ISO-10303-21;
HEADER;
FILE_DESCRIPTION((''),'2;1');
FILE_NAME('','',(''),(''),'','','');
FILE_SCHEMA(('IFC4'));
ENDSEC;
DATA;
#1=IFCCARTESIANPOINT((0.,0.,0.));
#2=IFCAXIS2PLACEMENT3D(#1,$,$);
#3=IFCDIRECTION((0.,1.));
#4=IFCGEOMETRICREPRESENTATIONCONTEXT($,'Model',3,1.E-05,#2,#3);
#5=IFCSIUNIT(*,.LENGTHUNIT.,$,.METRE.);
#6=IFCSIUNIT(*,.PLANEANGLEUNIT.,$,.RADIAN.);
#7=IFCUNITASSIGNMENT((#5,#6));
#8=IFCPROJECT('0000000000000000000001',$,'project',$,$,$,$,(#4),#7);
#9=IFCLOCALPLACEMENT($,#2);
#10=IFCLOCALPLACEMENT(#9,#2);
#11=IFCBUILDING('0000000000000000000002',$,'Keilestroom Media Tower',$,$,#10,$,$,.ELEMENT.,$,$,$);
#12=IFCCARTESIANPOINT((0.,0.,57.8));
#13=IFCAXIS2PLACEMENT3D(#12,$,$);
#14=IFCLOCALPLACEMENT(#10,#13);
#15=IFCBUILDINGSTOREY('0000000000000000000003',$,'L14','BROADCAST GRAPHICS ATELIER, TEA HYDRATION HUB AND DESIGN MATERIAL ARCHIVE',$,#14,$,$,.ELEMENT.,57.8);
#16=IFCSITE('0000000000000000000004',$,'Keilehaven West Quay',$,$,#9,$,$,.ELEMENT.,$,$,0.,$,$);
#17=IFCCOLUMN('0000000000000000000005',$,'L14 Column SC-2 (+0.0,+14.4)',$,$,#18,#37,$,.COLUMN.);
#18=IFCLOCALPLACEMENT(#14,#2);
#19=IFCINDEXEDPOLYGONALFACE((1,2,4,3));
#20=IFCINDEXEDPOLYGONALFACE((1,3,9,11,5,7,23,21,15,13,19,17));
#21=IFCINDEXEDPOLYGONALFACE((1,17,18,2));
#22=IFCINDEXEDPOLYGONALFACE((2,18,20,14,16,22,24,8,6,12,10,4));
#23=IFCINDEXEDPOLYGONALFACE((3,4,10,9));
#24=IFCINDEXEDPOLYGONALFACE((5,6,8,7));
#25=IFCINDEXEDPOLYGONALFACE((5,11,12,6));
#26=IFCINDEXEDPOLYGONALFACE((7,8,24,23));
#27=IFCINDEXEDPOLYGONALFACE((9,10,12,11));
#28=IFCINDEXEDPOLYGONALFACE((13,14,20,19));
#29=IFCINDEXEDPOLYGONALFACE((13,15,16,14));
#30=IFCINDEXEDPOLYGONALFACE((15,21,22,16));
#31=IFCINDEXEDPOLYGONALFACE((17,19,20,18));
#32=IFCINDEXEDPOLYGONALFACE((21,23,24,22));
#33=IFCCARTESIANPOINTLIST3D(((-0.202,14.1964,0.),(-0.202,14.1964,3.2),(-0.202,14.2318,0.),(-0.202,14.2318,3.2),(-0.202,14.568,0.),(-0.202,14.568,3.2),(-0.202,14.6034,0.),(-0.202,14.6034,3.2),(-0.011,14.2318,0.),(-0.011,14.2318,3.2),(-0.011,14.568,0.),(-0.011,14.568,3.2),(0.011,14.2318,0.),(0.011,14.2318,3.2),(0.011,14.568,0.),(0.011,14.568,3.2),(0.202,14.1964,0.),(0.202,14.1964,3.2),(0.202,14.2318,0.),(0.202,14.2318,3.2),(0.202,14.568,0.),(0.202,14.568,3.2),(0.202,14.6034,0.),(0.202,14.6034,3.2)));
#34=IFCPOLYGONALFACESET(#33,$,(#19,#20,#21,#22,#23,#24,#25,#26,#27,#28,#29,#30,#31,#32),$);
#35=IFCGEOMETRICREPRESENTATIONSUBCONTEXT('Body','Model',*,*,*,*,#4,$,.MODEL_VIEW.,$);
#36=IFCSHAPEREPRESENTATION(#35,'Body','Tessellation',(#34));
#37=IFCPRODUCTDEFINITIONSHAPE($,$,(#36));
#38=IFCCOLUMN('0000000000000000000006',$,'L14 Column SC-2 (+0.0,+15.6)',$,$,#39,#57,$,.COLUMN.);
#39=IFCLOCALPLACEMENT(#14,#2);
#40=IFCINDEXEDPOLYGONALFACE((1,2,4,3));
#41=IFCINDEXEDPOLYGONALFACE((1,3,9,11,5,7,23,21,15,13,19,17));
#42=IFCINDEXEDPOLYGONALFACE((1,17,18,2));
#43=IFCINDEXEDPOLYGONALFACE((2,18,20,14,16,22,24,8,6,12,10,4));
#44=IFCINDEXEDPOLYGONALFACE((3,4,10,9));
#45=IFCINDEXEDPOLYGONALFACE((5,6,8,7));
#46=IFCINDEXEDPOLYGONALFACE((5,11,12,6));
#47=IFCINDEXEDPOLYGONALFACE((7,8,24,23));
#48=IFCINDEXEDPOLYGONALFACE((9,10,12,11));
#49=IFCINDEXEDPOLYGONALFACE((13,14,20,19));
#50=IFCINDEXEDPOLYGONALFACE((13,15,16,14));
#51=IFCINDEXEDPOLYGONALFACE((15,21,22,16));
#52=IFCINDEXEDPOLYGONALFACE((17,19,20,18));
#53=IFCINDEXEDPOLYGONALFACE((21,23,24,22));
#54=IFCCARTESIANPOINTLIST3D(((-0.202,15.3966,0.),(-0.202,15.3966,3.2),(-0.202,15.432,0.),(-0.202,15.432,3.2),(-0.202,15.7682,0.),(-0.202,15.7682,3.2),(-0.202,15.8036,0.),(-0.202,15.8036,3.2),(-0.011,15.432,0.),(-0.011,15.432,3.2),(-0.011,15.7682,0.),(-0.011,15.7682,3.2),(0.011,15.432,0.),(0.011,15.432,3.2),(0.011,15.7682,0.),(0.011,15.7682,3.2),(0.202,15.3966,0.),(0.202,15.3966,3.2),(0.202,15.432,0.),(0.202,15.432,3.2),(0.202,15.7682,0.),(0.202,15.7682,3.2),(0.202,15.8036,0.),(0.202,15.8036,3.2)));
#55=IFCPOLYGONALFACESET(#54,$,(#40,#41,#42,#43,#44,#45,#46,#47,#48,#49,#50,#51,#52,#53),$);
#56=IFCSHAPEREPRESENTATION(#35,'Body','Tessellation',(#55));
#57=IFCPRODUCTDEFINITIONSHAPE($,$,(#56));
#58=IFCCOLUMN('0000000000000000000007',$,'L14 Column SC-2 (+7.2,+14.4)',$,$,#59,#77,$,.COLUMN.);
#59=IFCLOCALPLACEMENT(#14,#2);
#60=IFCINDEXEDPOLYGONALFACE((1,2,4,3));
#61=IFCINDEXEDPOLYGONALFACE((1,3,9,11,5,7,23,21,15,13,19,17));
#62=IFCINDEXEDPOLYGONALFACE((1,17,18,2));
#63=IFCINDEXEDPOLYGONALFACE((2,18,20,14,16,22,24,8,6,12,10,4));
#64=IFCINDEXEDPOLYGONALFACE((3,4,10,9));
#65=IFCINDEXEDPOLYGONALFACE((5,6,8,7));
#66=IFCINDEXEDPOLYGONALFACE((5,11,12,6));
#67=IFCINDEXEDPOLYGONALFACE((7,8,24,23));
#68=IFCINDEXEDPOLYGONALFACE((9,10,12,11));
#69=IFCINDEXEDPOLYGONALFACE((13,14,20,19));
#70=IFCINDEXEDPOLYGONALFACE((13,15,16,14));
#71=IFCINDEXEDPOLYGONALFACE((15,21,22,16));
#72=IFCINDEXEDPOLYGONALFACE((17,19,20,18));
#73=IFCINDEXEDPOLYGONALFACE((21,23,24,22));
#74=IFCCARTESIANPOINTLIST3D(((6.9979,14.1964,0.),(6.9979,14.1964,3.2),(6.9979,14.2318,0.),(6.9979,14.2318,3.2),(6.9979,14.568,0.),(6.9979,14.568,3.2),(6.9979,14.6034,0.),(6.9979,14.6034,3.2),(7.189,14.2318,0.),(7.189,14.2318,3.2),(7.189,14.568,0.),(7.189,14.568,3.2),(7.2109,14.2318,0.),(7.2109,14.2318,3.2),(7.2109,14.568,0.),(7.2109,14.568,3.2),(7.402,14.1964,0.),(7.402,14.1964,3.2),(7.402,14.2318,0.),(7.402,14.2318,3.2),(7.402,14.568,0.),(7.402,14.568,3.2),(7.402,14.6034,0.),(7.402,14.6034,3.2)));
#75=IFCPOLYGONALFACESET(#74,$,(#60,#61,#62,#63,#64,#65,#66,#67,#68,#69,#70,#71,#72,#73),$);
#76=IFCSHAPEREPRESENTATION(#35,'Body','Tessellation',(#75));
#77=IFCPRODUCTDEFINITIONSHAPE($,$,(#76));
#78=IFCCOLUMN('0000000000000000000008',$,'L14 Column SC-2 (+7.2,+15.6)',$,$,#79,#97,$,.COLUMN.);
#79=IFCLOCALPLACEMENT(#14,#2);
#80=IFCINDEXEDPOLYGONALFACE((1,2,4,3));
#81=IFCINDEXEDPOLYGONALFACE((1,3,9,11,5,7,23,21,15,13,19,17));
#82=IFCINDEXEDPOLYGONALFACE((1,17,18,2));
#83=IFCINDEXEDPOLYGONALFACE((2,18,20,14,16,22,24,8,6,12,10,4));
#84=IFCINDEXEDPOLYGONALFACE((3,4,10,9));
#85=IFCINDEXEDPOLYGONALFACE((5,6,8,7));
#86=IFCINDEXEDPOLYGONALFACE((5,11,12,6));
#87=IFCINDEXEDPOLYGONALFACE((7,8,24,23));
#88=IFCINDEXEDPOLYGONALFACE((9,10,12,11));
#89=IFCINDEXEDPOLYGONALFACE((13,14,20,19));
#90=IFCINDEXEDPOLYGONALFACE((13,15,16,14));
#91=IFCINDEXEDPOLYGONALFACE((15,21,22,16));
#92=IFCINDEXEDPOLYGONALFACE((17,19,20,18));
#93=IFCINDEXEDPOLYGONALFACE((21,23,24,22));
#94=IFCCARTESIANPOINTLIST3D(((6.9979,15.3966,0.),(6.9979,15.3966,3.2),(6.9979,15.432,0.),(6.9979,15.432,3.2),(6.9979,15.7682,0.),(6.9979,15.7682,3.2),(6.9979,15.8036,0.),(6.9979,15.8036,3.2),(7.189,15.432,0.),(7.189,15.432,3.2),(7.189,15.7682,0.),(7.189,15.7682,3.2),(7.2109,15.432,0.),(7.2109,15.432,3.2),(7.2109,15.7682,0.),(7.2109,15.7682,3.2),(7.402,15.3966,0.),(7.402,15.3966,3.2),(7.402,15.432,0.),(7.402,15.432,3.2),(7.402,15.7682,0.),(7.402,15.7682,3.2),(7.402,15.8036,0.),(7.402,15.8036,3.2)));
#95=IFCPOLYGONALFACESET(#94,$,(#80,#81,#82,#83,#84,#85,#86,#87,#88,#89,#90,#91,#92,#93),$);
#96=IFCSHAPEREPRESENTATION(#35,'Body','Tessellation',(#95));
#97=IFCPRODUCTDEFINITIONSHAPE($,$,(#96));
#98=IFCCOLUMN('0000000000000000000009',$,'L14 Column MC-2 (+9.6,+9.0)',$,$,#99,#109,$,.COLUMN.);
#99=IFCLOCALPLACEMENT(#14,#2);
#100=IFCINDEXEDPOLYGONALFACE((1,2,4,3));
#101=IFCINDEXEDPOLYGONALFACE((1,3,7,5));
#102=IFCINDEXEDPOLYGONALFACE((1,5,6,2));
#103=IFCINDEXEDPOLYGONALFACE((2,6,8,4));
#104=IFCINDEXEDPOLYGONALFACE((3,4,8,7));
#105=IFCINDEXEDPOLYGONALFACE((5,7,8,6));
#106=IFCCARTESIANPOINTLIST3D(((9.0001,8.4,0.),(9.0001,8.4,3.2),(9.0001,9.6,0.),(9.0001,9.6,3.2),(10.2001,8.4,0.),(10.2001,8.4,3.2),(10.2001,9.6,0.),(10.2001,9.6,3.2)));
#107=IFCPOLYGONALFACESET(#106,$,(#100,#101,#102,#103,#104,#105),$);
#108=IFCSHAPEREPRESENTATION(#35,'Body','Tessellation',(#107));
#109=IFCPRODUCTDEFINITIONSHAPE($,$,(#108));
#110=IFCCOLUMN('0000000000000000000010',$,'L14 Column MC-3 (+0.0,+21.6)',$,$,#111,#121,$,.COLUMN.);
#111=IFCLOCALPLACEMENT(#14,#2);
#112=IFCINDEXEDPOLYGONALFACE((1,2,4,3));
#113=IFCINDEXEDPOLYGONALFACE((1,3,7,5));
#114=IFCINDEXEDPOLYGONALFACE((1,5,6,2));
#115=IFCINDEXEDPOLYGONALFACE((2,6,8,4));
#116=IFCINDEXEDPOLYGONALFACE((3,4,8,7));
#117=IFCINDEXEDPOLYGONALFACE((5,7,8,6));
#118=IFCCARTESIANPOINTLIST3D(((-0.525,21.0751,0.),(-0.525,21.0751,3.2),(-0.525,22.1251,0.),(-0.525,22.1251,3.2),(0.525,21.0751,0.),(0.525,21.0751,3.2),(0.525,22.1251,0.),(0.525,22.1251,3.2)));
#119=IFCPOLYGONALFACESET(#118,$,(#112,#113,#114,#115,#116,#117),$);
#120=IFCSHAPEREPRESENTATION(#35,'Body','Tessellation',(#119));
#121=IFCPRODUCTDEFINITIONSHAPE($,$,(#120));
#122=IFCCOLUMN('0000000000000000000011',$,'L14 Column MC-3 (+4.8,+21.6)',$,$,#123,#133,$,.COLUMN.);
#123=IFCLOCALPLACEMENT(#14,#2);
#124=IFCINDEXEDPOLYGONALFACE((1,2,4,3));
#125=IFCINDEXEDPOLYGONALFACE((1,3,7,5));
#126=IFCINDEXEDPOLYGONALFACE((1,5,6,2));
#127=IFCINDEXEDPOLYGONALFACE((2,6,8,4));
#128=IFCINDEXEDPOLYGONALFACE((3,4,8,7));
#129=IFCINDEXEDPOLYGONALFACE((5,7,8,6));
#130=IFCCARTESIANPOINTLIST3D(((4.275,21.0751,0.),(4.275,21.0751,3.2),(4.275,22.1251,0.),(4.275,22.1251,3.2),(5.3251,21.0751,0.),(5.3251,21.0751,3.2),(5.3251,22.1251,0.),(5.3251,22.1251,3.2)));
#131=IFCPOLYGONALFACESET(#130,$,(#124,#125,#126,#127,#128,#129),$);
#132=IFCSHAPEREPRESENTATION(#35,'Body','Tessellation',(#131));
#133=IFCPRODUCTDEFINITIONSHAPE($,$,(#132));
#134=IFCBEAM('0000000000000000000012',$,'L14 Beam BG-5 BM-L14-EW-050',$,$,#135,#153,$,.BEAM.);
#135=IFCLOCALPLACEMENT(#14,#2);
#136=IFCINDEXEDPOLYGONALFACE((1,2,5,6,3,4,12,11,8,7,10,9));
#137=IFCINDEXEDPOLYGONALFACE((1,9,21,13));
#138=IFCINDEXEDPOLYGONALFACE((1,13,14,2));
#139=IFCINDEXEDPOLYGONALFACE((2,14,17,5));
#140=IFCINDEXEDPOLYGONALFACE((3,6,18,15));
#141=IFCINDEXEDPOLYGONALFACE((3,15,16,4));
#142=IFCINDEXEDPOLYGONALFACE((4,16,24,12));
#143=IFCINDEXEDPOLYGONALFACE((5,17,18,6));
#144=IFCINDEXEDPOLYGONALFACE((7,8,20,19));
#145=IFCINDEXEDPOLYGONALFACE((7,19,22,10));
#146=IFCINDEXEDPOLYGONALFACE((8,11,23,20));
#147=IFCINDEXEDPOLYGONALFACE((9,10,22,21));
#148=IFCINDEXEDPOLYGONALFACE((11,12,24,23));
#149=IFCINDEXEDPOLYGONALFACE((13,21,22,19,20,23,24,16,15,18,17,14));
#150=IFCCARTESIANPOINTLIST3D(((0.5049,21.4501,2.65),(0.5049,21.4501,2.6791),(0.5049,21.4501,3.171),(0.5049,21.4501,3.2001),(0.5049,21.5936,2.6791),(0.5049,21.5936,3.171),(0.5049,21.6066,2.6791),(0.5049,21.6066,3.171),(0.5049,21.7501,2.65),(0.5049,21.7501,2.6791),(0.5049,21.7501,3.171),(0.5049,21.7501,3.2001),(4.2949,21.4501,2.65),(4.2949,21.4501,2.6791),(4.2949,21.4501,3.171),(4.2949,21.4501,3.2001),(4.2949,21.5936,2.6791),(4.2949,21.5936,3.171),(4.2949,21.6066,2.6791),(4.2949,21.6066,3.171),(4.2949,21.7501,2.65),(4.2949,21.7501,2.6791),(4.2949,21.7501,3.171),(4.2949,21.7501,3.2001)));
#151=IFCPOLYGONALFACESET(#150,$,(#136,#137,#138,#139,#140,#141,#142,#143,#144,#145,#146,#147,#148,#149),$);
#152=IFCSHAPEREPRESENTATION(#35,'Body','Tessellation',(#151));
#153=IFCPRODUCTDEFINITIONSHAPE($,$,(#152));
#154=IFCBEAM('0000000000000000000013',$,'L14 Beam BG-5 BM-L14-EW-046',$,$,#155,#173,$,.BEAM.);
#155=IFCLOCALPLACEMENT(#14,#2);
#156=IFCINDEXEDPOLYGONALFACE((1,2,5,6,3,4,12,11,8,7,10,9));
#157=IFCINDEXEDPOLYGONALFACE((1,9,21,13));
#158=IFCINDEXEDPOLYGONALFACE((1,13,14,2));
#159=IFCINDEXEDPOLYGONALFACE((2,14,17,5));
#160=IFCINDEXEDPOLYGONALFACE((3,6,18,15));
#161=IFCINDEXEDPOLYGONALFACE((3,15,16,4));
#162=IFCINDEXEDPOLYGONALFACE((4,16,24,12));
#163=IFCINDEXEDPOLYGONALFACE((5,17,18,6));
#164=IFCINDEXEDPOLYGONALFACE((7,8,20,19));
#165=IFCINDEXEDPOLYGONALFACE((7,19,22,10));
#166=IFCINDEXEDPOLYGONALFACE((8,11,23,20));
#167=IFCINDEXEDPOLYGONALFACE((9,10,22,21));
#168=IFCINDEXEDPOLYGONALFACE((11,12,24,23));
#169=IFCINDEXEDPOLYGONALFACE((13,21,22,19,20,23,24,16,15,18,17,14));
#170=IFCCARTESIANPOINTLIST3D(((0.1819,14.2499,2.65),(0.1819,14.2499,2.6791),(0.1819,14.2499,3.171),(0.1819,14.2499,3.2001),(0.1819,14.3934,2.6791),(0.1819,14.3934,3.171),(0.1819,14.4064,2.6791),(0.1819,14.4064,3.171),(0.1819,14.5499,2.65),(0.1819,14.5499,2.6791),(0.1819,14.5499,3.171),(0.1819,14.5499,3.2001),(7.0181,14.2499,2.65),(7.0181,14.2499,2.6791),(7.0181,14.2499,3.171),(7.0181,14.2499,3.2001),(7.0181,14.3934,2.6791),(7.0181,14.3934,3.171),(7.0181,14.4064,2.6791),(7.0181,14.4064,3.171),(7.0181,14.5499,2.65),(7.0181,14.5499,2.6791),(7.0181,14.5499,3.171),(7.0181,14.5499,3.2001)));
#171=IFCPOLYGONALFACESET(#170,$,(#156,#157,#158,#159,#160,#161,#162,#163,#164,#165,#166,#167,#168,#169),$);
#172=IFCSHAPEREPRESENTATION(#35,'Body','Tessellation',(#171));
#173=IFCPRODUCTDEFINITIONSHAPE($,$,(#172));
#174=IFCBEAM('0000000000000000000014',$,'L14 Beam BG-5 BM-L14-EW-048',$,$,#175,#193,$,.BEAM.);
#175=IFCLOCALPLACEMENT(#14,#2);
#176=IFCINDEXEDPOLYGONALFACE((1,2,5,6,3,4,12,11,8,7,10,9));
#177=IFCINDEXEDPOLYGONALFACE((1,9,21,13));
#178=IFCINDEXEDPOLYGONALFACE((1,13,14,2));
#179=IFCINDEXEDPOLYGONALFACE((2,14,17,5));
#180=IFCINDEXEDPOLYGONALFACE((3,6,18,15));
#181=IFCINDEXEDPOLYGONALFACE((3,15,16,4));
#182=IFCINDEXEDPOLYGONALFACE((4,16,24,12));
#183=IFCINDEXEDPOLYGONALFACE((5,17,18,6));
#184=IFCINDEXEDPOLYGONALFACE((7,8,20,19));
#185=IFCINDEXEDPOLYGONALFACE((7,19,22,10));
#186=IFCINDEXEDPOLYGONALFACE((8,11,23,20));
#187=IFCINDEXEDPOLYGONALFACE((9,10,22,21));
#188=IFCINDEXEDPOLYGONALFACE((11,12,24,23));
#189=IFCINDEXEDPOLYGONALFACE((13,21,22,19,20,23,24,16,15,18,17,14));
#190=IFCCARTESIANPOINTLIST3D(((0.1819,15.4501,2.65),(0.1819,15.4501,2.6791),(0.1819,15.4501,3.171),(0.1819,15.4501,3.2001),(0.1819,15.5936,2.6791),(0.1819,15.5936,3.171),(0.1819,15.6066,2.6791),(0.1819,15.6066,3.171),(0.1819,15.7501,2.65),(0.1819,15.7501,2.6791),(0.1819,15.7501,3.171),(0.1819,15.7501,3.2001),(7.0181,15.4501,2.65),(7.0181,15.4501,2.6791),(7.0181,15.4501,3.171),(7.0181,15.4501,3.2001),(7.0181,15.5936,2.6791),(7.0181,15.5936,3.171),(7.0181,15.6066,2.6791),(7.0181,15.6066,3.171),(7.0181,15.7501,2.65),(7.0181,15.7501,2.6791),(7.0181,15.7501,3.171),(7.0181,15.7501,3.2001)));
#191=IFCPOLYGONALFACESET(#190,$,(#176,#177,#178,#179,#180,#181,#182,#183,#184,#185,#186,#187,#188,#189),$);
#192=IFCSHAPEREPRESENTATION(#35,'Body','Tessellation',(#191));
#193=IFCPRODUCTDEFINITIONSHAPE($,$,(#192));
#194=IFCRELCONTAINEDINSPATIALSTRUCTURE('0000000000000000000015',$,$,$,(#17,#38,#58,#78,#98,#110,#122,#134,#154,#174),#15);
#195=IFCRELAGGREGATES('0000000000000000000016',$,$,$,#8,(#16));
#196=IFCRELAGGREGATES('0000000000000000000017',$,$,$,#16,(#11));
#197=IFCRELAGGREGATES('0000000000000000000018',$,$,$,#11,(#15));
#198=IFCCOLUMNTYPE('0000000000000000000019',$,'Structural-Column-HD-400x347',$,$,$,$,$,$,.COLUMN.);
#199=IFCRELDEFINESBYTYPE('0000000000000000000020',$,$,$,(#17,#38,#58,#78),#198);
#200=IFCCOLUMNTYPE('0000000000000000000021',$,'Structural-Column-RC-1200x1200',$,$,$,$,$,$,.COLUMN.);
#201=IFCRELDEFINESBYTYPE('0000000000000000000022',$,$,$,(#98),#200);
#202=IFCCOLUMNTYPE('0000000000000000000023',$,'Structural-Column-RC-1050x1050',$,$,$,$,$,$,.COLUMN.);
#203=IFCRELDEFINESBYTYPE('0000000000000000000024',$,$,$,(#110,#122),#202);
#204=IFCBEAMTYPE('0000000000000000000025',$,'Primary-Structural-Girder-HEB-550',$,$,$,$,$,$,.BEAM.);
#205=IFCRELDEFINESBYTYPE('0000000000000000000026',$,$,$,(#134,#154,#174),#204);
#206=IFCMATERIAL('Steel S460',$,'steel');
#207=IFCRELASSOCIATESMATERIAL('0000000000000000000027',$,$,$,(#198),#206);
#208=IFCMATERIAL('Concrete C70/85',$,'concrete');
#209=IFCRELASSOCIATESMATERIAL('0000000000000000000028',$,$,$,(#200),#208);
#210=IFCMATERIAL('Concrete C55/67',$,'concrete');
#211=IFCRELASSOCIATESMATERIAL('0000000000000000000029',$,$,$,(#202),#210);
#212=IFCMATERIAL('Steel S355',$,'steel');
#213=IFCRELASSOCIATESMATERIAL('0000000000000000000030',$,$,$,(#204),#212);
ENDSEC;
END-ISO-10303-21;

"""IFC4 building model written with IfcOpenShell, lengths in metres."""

from ifc_helpers import new_model, si_unit, direction, frame, origin, origin_2d, place, context, subcontext, project, spatial, rectangle, i_section, extrude, source, transform, mapped, material, material_profile, profile_set, type_object, element, save


model = new_model("IFC4")

# Units and contexts
model_context = context("Model", 3, precision=1e-05, world=origin(), true_north=direction((0.0, 1.0)))
body_context = subcontext(model_context, "Body", "Model", "MODEL_VIEW")
ifc_project = project(units=[si_unit("LENGTHUNIT", "METRE"), si_unit("PLANEANGLEUNIT", "RADIAN")], contexts=[model_context])

# Site, building, storey
site_placement = place(None, origin())
site = spatial("IfcSite", under=ifc_project, at=site_placement, Name="Keilehaven West Quay", CompositionType="ELEMENT", RefElevation=0.0)
building_placement = place(site_placement, origin())
building = spatial("IfcBuilding", under=site, at=building_placement, Name="Keilestroom Media Tower", CompositionType="ELEMENT")
storey_placement = place(building_placement, frame((0.0, 0.0, 57.8)))
storey = spatial("IfcBuildingStorey", under=building, at=storey_placement, Name="L14", Description="BROADCAST GRAPHICS ATELIER, TEA HYDRATION HUB AND DESIGN MATERIAL ARCHIVE", CompositionType="ELEMENT", Elevation=57.8)

# Columns
ifc_material_1 = material(Name="Steel S460", Category="steel")
ifc_material_profile_1 = material_profile(ifc_material_1, i_section(OverallWidth=0.4041, OverallDepth=0.407, WebThickness=0.022, FlangeThickness=0.0354, at=origin_2d()), Name="HD 400x347")
ifc_profile_set_1 = profile_set([ifc_material_profile_1], Name="Steel S460")
column_type_1 = type_object("IfcColumnType", Name="Structural-Column-HD-400x347", PredefinedType="COLUMN", material=ifc_profile_set_1)
shared_shape_1 = source(origin(), body_context, "Body", "SweptSolid", [
    extrude(i_section(OverallWidth=0.4041, OverallDepth=0.407, WebThickness=0.022, FlangeThickness=0.0354, at=origin_2d()), origin(), (0.0, 0.0, 1.0), 3.2),
])
for number, where, z_axis, x_axis, name in (
    (1, (0.0, 14.3999, 0.0), (0.0, 0.0, 1.0), (1.0, 0.0, 0.0), "L14 Column SC-2 (+0.0,+14.4)"),
    (2, (0.0, 15.6001, 0.0), (0.0, 0.0, 1.0), (1.0, 0.0, 0.0), "L14 Column SC-2 (+0.0,+15.6)"),
    (3, (7.2, 14.3999, 0.0), (0.0, 0.0, 1.0), (1.0, 0.0, 0.0), "L14 Column SC-2 (+7.2,+14.4)"),
    (4, (7.2, 15.6001, 0.0), (0.0, 0.0, 1.0), (1.0, 0.0, 0.0), "L14 Column SC-2 (+7.2,+15.6)"),
):
    element("IfcColumn", number, at=place(storey_placement, frame(where, z_axis=z_axis, x_axis=x_axis)), inside=storey, type_object=column_type_1, Name=name, PredefinedType="COLUMN", context=body_context, shape_type="MappedRepresentation", body=[
        mapped(shared_shape_1, transform((0.0, 0.0, 0.0), x_axis=(1.0, 0.0, 0.0), y_axis=(0.0, 1.0, 0.0), z_axis=(0.0, 0.0, 1.0), scale=1.0)),
    ])
ifc_material_2 = material(Name="Concrete C70/85", Category="concrete")
ifc_material_profile_2 = material_profile(ifc_material_2, rectangle(XDim=1.2, YDim=1.2, at=origin_2d()), Name="RC 1200x1200")
ifc_profile_set_2 = profile_set([ifc_material_profile_2], Name="Concrete C70/85")
column_type_2 = type_object("IfcColumnType", Name="Structural-Column-RC-1200x1200", PredefinedType="COLUMN", material=ifc_profile_set_2)
shared_shape_2 = source(origin(), body_context, "Body", "SweptSolid", [
    extrude(rectangle(XDim=1.2, YDim=1.2, at=origin_2d()), origin(), (0.0, 0.0, 1.0), 3.2),
])
column_placement = place(storey_placement, frame((9.6001, 9.0, 0.0), z_axis=(0.0, 0.0, 1.0), x_axis=(1.0, 0.0, 0.0)))
element("IfcColumn", 5, at=column_placement, inside=storey, type_object=column_type_2, Name="L14 Column MC-2 (+9.6,+9.0)", PredefinedType="COLUMN", context=body_context, shape_type="MappedRepresentation", body=[
    mapped(shared_shape_2, transform((0.0, 0.0, 0.0), x_axis=(1.0, 0.0, 0.0), y_axis=(0.0, 1.0, 0.0), z_axis=(0.0, 0.0, 1.0), scale=1.0)),
])
ifc_material_3 = material(Name="Concrete C55/67", Category="concrete")
ifc_material_profile_3 = material_profile(ifc_material_3, rectangle(XDim=1.05, YDim=1.05, at=origin_2d()), Name="RC 1050x1050")
ifc_profile_set_3 = profile_set([ifc_material_profile_3], Name="Concrete C55/67")
column_type_3 = type_object("IfcColumnType", Name="Structural-Column-RC-1050x1050", PredefinedType="COLUMN", material=ifc_profile_set_3)
shared_shape_3 = source(origin(), body_context, "Body", "SweptSolid", [
    extrude(rectangle(XDim=1.05, YDim=1.05, at=origin_2d()), origin(), (0.0, 0.0, 1.0), 3.2),
])
for number, where, z_axis, x_axis, name in (
    (6, (0.0, 21.6001, 0.0), (0.0, 0.0, 1.0), (1.0, 0.0, 0.0), "L14 Column MC-3 (+0.0,+21.6)"),
    (7, (4.8, 21.6001, 0.0), (0.0, 0.0, 1.0), (1.0, 0.0, 0.0), "L14 Column MC-3 (+4.8,+21.6)"),
):
    element("IfcColumn", number, at=place(storey_placement, frame(where, z_axis=z_axis, x_axis=x_axis)), inside=storey, type_object=column_type_3, Name=name, PredefinedType="COLUMN", context=body_context, shape_type="MappedRepresentation", body=[
        mapped(shared_shape_3, transform((0.0, 0.0, 0.0), x_axis=(1.0, 0.0, 0.0), y_axis=(0.0, 1.0, 0.0), z_axis=(0.0, 0.0, 1.0), scale=1.0)),
    ])

# Beams
ifc_material_4 = material(Name="Steel S355", Category="steel")
ifc_material_profile_4 = material_profile(ifc_material_4, i_section(OverallWidth=0.3, OverallDepth=0.55, WebThickness=0.0129, FlangeThickness=0.0291, at=origin_2d()), Name="HEB 550")
ifc_profile_set_4 = profile_set([ifc_material_profile_4], Name="Steel S355")
beam_type_1 = type_object("IfcBeamType", Name="Primary-Structural-Girder-HEB-550", PredefinedType="BEAM", material=ifc_profile_set_4)
shared_shape_4 = source(origin(), body_context, "Body", "SweptSolid", [
    extrude(i_section(OverallWidth=0.3, OverallDepth=0.55, WebThickness=0.0129, FlangeThickness=0.0291, at=origin_2d()), origin(), (0.0, 0.0, 1.0), 3.79),
])
beam_1_placement = place(storey_placement, frame((0.5049, 21.6001, 2.925), z_axis=(1.0, 0.0, 0.0), x_axis=(0.0, 1.0, 0.0)))
element("IfcBeam", 8, at=beam_1_placement, inside=storey, type_object=beam_type_1, Name="L14 Beam BG-5 BM-L14-EW-050", PredefinedType="BEAM", context=body_context, shape_type="MappedRepresentation", body=[
    mapped(shared_shape_4, transform((0.0, 0.0, 0.0), x_axis=(1.0, 0.0, 0.0), y_axis=(0.0, 1.0, 0.0), z_axis=(0.0, 0.0, 1.0), scale=1.0)),
])
shared_shape_5 = source(origin(), body_context, "Body", "SweptSolid", [
    extrude(i_section(OverallWidth=0.3, OverallDepth=0.55, WebThickness=0.0129, FlangeThickness=0.0291, at=origin_2d()), origin(), (0.0, 0.0, 1.0), 6.8362),
])
for number, where, z_axis, x_axis, name in (
    (9, (0.1819, 14.3999, 2.925), (1.0, 0.0, 0.0), (0.0, 1.0, 0.0), "L14 Beam BG-5 BM-L14-EW-046"),
    (10, (0.1819, 15.6001, 2.925), (1.0, 0.0, 0.0), (0.0, 1.0, 0.0), "L14 Beam BG-5 BM-L14-EW-048"),
):
    element("IfcBeam", number, at=place(storey_placement, frame(where, z_axis=z_axis, x_axis=x_axis)), inside=storey, type_object=beam_type_1, Name=name, PredefinedType="BEAM", context=body_context, shape_type="MappedRepresentation", body=[
        mapped(shared_shape_5, transform((0.0, 0.0, 0.0), x_axis=(1.0, 0.0, 0.0), y_axis=(0.0, 1.0, 0.0), z_axis=(0.0, 0.0, 1.0), scale=1.0)),
    ])

save(model, "model.ifc")
